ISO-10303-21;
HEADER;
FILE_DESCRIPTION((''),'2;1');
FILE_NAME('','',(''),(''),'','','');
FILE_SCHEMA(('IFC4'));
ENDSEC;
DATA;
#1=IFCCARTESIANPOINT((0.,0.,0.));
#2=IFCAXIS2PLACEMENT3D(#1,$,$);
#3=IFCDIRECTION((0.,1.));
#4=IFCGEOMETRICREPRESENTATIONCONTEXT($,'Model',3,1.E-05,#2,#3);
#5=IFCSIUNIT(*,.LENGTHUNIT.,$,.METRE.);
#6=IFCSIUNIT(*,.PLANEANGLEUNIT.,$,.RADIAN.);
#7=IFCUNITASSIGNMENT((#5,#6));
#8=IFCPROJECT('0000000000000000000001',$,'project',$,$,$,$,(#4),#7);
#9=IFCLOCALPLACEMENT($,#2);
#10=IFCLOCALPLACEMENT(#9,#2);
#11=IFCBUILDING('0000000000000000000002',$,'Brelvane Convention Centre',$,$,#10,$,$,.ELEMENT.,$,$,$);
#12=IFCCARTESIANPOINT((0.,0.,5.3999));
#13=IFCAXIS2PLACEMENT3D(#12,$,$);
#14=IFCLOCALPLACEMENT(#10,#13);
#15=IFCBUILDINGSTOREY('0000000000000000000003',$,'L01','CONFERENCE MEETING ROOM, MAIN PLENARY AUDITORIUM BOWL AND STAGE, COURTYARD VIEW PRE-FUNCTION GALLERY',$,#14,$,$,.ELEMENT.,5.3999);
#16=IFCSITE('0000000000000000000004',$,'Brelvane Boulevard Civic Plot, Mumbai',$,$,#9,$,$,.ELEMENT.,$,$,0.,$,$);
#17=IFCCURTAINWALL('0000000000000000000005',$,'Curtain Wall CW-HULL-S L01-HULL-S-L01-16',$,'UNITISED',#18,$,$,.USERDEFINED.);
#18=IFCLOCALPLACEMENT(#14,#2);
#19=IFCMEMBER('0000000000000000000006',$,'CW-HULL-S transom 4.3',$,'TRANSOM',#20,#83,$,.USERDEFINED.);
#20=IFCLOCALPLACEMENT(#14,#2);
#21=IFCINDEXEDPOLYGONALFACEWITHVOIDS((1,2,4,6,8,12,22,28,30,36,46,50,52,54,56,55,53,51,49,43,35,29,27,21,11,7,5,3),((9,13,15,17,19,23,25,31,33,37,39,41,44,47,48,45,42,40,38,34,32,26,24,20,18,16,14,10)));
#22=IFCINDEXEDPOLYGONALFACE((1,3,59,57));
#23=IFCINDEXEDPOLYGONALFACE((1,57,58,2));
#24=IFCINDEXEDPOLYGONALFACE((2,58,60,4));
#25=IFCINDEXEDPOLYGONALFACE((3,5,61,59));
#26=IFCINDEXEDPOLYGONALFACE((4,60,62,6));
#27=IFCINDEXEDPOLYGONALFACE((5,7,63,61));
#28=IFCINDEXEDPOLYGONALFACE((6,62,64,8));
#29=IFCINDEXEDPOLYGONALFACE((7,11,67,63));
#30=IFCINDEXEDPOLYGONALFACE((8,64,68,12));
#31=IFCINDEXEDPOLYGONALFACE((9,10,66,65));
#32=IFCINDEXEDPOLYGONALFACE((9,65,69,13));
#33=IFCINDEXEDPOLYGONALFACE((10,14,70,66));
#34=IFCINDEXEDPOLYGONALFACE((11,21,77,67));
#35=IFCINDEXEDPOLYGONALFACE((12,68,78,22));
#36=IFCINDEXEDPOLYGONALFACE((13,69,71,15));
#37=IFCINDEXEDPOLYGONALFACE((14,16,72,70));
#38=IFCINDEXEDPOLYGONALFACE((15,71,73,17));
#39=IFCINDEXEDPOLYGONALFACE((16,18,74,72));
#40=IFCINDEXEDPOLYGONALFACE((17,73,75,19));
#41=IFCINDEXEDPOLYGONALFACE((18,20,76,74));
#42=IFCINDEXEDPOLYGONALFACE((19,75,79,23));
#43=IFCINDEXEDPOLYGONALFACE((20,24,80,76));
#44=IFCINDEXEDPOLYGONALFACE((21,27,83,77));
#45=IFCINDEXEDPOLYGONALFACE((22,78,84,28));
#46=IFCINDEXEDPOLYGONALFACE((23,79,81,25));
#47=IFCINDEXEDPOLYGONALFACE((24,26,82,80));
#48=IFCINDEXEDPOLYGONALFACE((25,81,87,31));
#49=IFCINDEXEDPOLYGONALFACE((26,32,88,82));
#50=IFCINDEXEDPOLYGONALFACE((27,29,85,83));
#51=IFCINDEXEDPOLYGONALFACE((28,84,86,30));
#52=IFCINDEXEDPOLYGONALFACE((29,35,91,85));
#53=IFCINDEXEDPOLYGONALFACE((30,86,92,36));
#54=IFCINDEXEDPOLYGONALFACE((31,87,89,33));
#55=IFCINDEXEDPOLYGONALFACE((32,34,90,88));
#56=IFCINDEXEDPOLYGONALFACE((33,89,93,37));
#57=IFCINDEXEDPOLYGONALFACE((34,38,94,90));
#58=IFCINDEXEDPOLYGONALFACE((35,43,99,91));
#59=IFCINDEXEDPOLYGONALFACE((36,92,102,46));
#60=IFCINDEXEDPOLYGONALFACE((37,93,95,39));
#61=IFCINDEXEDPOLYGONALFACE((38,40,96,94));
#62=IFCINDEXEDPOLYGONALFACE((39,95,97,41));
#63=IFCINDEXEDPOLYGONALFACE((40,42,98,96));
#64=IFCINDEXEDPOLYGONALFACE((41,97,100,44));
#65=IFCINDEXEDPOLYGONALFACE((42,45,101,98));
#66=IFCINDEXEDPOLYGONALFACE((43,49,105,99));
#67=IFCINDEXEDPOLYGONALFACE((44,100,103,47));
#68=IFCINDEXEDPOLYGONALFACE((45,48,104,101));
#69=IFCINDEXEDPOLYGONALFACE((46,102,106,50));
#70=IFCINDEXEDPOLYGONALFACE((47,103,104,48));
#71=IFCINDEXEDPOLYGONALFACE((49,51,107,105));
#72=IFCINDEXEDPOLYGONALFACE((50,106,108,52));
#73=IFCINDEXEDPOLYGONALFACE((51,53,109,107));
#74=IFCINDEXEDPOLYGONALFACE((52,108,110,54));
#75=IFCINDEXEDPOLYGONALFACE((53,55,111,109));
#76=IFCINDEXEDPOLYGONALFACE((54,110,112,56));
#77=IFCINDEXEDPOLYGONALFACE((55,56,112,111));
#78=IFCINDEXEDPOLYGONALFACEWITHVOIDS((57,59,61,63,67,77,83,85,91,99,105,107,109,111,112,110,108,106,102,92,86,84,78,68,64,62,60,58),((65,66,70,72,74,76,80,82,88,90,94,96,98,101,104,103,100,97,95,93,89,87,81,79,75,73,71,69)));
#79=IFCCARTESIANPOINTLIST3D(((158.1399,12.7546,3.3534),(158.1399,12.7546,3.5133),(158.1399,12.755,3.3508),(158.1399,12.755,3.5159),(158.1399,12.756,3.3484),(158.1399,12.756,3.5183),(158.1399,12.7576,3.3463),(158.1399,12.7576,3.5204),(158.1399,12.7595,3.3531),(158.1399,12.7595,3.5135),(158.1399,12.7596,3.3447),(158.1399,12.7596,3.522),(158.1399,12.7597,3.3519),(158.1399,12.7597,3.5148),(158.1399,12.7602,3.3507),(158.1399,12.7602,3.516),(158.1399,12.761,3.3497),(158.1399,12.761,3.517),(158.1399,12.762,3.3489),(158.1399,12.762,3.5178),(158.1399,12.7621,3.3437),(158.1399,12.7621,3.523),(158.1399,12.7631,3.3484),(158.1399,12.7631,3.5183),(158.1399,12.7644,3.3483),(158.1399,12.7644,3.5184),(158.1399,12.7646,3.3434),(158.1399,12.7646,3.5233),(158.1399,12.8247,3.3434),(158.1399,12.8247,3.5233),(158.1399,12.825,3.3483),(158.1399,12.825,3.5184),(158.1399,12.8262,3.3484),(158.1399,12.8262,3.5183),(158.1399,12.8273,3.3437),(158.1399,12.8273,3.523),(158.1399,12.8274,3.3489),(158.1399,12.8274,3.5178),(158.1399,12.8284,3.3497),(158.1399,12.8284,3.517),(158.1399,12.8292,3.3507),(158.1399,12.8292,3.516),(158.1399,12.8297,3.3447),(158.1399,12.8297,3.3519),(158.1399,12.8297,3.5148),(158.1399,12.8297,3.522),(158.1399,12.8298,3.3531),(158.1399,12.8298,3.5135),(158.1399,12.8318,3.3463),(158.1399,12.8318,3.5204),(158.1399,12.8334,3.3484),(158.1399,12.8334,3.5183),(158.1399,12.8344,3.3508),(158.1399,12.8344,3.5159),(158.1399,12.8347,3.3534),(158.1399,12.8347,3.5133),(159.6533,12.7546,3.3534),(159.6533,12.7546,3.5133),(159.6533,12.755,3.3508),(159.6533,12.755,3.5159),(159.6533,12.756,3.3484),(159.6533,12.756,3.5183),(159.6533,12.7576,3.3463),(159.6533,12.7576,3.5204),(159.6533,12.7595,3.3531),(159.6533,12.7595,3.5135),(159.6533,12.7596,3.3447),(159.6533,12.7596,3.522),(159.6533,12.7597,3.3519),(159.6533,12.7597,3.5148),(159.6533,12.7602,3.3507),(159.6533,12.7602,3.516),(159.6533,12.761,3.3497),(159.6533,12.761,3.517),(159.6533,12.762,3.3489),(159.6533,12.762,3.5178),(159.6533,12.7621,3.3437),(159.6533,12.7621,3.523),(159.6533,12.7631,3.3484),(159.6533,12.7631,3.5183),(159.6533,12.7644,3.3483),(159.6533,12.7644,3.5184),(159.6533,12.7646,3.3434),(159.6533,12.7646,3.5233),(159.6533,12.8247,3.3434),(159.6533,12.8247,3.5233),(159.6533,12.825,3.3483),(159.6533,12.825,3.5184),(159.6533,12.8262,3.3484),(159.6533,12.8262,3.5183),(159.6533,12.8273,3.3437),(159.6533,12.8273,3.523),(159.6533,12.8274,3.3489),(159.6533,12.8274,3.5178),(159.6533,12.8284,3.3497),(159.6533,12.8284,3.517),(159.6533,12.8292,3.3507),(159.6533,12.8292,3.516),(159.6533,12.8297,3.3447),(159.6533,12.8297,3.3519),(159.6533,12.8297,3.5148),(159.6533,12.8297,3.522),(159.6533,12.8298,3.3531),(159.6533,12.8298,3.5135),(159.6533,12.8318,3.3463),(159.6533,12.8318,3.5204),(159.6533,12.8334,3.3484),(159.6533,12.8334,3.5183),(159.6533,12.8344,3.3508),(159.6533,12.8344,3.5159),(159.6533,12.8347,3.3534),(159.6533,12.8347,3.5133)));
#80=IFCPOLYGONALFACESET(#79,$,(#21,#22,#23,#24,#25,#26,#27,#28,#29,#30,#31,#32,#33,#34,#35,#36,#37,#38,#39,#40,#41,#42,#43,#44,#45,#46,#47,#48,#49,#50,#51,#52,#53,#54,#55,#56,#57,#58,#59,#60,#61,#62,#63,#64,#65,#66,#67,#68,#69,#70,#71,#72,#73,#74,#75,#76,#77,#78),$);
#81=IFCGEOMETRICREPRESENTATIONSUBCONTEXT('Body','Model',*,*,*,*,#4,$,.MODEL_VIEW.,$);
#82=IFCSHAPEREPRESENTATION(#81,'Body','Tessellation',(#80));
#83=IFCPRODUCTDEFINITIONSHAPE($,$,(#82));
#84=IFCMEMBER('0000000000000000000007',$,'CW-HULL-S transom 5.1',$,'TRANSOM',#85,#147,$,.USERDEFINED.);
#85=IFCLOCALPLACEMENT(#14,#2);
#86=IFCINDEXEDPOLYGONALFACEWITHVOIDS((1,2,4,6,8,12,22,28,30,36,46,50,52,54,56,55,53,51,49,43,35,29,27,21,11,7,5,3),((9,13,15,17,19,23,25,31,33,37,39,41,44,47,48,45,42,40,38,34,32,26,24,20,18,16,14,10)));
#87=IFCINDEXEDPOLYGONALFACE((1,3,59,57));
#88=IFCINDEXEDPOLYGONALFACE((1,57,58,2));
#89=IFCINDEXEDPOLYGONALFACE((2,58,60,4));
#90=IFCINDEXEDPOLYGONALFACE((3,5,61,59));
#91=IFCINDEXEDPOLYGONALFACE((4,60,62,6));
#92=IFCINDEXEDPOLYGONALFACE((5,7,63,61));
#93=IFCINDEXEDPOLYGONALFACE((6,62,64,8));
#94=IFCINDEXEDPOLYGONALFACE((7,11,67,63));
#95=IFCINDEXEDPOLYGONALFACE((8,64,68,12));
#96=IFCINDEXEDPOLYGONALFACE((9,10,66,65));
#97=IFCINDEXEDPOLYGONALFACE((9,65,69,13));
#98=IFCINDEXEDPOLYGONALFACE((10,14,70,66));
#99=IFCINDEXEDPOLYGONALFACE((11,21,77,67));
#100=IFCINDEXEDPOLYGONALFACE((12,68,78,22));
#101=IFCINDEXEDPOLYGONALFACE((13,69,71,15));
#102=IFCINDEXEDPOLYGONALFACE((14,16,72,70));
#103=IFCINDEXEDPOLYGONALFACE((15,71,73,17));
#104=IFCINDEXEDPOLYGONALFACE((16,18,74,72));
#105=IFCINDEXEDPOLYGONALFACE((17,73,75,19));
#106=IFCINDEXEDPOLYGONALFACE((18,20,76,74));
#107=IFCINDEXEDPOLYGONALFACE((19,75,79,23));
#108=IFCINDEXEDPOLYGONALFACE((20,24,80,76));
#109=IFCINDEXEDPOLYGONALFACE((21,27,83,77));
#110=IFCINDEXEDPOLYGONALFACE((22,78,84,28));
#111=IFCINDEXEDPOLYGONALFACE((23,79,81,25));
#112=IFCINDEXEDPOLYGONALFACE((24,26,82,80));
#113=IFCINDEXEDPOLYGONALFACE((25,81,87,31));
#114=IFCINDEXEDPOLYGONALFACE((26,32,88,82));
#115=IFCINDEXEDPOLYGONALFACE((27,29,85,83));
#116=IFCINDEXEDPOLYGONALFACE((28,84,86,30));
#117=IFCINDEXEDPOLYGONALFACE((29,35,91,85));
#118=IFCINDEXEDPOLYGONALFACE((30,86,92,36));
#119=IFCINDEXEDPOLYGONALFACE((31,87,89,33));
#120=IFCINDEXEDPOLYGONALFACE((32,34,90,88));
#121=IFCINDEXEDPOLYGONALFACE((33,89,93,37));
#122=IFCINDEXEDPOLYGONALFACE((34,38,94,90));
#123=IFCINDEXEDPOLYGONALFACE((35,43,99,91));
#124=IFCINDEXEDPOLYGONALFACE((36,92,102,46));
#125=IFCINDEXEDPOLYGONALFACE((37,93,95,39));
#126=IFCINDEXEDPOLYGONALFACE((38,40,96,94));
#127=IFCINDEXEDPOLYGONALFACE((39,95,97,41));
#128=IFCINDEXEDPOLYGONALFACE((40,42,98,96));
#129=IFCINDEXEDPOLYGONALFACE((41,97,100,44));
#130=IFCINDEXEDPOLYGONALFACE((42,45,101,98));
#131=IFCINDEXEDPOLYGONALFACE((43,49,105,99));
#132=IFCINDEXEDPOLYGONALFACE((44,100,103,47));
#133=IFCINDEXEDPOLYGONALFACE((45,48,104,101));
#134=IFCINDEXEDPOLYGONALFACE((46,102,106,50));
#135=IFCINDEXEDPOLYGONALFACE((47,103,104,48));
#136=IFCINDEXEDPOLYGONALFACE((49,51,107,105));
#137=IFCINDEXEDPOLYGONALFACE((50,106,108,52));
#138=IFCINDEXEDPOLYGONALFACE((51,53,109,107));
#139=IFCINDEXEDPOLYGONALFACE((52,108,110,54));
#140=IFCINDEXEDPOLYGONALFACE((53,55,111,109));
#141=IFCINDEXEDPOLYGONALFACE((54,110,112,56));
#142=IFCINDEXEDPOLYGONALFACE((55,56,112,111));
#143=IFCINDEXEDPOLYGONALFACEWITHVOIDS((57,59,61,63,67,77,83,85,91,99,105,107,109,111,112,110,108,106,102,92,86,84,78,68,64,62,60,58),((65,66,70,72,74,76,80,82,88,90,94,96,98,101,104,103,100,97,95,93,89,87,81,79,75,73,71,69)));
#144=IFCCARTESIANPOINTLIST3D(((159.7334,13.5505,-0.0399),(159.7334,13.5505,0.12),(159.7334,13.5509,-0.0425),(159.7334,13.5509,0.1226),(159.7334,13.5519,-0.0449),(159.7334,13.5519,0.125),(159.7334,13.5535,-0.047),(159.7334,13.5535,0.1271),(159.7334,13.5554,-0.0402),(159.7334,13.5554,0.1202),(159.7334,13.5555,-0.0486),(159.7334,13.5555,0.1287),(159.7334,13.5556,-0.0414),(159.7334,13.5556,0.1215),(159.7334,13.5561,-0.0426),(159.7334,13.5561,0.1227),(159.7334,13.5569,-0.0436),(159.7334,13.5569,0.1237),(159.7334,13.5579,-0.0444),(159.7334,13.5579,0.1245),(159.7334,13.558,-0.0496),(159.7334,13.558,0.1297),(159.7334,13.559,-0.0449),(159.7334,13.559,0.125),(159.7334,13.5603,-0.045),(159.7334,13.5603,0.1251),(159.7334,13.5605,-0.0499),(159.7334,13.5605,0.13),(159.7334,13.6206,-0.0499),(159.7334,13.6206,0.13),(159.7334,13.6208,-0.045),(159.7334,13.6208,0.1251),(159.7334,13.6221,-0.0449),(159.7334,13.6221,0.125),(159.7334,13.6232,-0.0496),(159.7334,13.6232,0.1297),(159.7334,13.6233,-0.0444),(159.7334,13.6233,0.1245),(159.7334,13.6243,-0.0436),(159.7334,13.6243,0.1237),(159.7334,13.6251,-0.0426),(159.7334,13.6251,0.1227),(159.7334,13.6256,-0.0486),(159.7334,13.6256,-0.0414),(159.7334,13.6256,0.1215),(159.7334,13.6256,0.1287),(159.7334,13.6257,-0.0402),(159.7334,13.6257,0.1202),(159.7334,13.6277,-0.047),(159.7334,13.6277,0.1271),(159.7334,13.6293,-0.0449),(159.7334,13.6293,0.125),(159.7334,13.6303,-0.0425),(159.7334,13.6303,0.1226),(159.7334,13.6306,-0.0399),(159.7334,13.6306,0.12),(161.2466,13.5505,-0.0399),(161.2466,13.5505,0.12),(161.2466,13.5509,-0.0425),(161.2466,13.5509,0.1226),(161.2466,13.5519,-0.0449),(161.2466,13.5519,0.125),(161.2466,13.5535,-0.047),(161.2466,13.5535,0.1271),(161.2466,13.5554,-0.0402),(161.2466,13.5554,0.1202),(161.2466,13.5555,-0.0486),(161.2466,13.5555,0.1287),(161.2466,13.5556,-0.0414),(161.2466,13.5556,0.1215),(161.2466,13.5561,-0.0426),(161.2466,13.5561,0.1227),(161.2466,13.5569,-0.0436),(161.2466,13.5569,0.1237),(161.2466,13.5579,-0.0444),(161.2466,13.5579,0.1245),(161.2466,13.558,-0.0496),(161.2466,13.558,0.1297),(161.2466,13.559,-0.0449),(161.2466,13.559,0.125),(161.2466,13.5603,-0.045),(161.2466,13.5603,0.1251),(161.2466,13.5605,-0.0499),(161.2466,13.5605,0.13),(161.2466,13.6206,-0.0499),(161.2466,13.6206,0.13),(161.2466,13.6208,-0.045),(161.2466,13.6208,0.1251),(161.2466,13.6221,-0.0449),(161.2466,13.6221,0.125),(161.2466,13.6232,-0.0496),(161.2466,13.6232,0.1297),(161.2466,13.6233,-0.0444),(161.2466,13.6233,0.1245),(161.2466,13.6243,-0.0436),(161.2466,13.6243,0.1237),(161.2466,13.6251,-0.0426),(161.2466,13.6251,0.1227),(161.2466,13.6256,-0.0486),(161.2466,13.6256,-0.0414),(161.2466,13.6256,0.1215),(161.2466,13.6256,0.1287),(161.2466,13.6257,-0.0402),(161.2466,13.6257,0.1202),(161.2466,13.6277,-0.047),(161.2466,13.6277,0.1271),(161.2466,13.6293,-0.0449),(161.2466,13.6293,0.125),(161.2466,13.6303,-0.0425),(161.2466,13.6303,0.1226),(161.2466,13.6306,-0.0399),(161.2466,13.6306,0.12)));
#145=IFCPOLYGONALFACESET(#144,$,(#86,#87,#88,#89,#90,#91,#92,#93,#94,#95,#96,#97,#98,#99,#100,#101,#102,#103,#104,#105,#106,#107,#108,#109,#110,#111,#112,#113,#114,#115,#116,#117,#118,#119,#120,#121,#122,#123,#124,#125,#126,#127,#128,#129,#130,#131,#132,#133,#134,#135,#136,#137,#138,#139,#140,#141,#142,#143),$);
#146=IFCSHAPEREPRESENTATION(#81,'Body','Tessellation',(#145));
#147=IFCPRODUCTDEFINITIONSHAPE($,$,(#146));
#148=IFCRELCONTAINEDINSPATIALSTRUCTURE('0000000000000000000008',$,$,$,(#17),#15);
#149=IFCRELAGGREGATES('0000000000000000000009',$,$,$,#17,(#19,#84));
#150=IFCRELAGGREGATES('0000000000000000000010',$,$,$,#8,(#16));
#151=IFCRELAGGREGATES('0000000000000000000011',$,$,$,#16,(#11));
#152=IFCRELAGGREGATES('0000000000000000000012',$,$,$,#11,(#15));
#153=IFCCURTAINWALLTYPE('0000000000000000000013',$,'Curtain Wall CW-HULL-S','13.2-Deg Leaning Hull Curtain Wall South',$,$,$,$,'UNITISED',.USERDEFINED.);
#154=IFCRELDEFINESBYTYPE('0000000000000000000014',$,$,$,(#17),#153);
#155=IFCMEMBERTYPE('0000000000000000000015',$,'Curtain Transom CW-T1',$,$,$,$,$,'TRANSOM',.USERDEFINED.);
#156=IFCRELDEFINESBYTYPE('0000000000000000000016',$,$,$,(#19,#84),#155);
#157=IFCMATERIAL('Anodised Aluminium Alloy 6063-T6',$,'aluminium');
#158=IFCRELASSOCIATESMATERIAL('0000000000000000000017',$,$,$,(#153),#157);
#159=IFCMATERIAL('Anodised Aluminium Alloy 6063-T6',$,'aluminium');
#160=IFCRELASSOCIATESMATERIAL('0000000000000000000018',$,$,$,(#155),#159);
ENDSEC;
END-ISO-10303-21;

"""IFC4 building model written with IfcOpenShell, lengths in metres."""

from ifc_helpers import new_model, si_unit, direction, frame, origin, origin_2d, place, context, subcontext, project, spatial, hollow_rectangle, extrude, material, material_profile, profile_set, type_object, element, aggregate, save


model = new_model("IFC4")

# Units and contexts
model_context = context("Model", 3, precision=1e-05, world=origin(), true_north=direction((0.0, 1.0)))
body_context = subcontext(model_context, "Body", "Model", "MODEL_VIEW")
ifc_project = project(units=[si_unit("LENGTHUNIT", "METRE"), si_unit("PLANEANGLEUNIT", "RADIAN")], contexts=[model_context])

# Site, building, storey
site_placement = place(None, origin())
site = spatial("IfcSite", under=ifc_project, at=site_placement, Name="Brelvane Boulevard Civic Plot, Mumbai", CompositionType="ELEMENT", RefElevation=0.0)
building_placement = place(site_placement, origin())
building = spatial("IfcBuilding", under=site, at=building_placement, Name="Brelvane Convention Centre", CompositionType="ELEMENT")
storey_placement = place(building_placement, frame((0.0, 0.0, 5.3999)))
storey = spatial("IfcBuildingStorey", under=building, at=storey_placement, Name="L01", Description="CONFERENCE MEETING ROOM, MAIN PLENARY AUDITORIUM BOWL AND STAGE, COURTYARD VIEW PRE-FUNCTION GALLERY", CompositionType="ELEMENT", Elevation=5.3999)

# Shared definitions
ifc_material_1 = material(Name="Anodised Aluminium Alloy 6063-T6", Category="aluminium")
curtain_wall_type = type_object("IfcCurtainWallType", Name="Curtain Wall CW-HULL-S", Description="13.2-Deg Leaning Hull Curtain Wall South", ElementType="UNITISED", PredefinedType="USERDEFINED", material=ifc_material_1)
ifc_material_2 = material(Name="Anodised Aluminium Alloy 6063-T6", Category="aluminium")
ifc_material_profile = material_profile(ifc_material_2, hollow_rectangle(XDim=0.0801, YDim=0.1799, WallThickness=0.0049, InnerFilletRadius=0.0049, OuterFilletRadius=0.01, at=origin_2d()), Name="ALU-T 180x80x5.0")
ifc_profile_set = profile_set([ifc_material_profile], Name="Anodised Aluminium Alloy 6063-T6")
member_type = type_object("IfcMemberType", Name="Curtain Transom CW-T1", ElementType="TRANSOM", PredefinedType="USERDEFINED", material=ifc_profile_set)

# Curtain wall, members
curtain_wall_1_placement = place(storey_placement, origin())
curtain_wall_1 = element("IfcCurtainWall", 1, at=curtain_wall_1_placement, inside=storey, type_object=curtain_wall_type, Name="Curtain Wall CW-HULL-S L01-HULL-S-L01-16", ObjectType="UNITISED", PredefinedType="USERDEFINED")
member_1_placement = place(storey_placement, frame((158.1399, 12.7947, 3.4333), z_axis=(1.0, 0.0, 0.0), x_axis=(0.0, 1.0, 0.0)))
member_1 = element("IfcMember", 2, at=member_1_placement, type_object=member_type, Name="CW-HULL-S transom 4.3", ObjectType="TRANSOM", PredefinedType="USERDEFINED", context=body_context, shape_type="SweptSolid", body=[
    extrude(hollow_rectangle(XDim=0.0801, YDim=0.1799, WallThickness=0.0049, InnerFilletRadius=0.0049, OuterFilletRadius=0.01, at=origin_2d()), origin(), (0.0, 0.0, 1.0), 1.5134),
])
member_2_placement = place(storey_placement, frame((159.7334, 13.5906, 0.04), z_axis=(1.0, 0.0, 0.0), x_axis=(0.0, 1.0, 0.0)))
member_2 = element("IfcMember", 3, at=member_2_placement, type_object=member_type, Name="CW-HULL-S transom 5.1", ObjectType="TRANSOM", PredefinedType="USERDEFINED", context=body_context, shape_type="SweptSolid", body=[
    extrude(hollow_rectangle(XDim=0.0801, YDim=0.1799, WallThickness=0.0049, InnerFilletRadius=0.0049, OuterFilletRadius=0.01, at=origin_2d()), origin(), (0.0, 0.0, 1.0), 1.5132),
])

aggregate(curtain_wall_1, [member_1, member_2])

save(model, "model.ifc")
